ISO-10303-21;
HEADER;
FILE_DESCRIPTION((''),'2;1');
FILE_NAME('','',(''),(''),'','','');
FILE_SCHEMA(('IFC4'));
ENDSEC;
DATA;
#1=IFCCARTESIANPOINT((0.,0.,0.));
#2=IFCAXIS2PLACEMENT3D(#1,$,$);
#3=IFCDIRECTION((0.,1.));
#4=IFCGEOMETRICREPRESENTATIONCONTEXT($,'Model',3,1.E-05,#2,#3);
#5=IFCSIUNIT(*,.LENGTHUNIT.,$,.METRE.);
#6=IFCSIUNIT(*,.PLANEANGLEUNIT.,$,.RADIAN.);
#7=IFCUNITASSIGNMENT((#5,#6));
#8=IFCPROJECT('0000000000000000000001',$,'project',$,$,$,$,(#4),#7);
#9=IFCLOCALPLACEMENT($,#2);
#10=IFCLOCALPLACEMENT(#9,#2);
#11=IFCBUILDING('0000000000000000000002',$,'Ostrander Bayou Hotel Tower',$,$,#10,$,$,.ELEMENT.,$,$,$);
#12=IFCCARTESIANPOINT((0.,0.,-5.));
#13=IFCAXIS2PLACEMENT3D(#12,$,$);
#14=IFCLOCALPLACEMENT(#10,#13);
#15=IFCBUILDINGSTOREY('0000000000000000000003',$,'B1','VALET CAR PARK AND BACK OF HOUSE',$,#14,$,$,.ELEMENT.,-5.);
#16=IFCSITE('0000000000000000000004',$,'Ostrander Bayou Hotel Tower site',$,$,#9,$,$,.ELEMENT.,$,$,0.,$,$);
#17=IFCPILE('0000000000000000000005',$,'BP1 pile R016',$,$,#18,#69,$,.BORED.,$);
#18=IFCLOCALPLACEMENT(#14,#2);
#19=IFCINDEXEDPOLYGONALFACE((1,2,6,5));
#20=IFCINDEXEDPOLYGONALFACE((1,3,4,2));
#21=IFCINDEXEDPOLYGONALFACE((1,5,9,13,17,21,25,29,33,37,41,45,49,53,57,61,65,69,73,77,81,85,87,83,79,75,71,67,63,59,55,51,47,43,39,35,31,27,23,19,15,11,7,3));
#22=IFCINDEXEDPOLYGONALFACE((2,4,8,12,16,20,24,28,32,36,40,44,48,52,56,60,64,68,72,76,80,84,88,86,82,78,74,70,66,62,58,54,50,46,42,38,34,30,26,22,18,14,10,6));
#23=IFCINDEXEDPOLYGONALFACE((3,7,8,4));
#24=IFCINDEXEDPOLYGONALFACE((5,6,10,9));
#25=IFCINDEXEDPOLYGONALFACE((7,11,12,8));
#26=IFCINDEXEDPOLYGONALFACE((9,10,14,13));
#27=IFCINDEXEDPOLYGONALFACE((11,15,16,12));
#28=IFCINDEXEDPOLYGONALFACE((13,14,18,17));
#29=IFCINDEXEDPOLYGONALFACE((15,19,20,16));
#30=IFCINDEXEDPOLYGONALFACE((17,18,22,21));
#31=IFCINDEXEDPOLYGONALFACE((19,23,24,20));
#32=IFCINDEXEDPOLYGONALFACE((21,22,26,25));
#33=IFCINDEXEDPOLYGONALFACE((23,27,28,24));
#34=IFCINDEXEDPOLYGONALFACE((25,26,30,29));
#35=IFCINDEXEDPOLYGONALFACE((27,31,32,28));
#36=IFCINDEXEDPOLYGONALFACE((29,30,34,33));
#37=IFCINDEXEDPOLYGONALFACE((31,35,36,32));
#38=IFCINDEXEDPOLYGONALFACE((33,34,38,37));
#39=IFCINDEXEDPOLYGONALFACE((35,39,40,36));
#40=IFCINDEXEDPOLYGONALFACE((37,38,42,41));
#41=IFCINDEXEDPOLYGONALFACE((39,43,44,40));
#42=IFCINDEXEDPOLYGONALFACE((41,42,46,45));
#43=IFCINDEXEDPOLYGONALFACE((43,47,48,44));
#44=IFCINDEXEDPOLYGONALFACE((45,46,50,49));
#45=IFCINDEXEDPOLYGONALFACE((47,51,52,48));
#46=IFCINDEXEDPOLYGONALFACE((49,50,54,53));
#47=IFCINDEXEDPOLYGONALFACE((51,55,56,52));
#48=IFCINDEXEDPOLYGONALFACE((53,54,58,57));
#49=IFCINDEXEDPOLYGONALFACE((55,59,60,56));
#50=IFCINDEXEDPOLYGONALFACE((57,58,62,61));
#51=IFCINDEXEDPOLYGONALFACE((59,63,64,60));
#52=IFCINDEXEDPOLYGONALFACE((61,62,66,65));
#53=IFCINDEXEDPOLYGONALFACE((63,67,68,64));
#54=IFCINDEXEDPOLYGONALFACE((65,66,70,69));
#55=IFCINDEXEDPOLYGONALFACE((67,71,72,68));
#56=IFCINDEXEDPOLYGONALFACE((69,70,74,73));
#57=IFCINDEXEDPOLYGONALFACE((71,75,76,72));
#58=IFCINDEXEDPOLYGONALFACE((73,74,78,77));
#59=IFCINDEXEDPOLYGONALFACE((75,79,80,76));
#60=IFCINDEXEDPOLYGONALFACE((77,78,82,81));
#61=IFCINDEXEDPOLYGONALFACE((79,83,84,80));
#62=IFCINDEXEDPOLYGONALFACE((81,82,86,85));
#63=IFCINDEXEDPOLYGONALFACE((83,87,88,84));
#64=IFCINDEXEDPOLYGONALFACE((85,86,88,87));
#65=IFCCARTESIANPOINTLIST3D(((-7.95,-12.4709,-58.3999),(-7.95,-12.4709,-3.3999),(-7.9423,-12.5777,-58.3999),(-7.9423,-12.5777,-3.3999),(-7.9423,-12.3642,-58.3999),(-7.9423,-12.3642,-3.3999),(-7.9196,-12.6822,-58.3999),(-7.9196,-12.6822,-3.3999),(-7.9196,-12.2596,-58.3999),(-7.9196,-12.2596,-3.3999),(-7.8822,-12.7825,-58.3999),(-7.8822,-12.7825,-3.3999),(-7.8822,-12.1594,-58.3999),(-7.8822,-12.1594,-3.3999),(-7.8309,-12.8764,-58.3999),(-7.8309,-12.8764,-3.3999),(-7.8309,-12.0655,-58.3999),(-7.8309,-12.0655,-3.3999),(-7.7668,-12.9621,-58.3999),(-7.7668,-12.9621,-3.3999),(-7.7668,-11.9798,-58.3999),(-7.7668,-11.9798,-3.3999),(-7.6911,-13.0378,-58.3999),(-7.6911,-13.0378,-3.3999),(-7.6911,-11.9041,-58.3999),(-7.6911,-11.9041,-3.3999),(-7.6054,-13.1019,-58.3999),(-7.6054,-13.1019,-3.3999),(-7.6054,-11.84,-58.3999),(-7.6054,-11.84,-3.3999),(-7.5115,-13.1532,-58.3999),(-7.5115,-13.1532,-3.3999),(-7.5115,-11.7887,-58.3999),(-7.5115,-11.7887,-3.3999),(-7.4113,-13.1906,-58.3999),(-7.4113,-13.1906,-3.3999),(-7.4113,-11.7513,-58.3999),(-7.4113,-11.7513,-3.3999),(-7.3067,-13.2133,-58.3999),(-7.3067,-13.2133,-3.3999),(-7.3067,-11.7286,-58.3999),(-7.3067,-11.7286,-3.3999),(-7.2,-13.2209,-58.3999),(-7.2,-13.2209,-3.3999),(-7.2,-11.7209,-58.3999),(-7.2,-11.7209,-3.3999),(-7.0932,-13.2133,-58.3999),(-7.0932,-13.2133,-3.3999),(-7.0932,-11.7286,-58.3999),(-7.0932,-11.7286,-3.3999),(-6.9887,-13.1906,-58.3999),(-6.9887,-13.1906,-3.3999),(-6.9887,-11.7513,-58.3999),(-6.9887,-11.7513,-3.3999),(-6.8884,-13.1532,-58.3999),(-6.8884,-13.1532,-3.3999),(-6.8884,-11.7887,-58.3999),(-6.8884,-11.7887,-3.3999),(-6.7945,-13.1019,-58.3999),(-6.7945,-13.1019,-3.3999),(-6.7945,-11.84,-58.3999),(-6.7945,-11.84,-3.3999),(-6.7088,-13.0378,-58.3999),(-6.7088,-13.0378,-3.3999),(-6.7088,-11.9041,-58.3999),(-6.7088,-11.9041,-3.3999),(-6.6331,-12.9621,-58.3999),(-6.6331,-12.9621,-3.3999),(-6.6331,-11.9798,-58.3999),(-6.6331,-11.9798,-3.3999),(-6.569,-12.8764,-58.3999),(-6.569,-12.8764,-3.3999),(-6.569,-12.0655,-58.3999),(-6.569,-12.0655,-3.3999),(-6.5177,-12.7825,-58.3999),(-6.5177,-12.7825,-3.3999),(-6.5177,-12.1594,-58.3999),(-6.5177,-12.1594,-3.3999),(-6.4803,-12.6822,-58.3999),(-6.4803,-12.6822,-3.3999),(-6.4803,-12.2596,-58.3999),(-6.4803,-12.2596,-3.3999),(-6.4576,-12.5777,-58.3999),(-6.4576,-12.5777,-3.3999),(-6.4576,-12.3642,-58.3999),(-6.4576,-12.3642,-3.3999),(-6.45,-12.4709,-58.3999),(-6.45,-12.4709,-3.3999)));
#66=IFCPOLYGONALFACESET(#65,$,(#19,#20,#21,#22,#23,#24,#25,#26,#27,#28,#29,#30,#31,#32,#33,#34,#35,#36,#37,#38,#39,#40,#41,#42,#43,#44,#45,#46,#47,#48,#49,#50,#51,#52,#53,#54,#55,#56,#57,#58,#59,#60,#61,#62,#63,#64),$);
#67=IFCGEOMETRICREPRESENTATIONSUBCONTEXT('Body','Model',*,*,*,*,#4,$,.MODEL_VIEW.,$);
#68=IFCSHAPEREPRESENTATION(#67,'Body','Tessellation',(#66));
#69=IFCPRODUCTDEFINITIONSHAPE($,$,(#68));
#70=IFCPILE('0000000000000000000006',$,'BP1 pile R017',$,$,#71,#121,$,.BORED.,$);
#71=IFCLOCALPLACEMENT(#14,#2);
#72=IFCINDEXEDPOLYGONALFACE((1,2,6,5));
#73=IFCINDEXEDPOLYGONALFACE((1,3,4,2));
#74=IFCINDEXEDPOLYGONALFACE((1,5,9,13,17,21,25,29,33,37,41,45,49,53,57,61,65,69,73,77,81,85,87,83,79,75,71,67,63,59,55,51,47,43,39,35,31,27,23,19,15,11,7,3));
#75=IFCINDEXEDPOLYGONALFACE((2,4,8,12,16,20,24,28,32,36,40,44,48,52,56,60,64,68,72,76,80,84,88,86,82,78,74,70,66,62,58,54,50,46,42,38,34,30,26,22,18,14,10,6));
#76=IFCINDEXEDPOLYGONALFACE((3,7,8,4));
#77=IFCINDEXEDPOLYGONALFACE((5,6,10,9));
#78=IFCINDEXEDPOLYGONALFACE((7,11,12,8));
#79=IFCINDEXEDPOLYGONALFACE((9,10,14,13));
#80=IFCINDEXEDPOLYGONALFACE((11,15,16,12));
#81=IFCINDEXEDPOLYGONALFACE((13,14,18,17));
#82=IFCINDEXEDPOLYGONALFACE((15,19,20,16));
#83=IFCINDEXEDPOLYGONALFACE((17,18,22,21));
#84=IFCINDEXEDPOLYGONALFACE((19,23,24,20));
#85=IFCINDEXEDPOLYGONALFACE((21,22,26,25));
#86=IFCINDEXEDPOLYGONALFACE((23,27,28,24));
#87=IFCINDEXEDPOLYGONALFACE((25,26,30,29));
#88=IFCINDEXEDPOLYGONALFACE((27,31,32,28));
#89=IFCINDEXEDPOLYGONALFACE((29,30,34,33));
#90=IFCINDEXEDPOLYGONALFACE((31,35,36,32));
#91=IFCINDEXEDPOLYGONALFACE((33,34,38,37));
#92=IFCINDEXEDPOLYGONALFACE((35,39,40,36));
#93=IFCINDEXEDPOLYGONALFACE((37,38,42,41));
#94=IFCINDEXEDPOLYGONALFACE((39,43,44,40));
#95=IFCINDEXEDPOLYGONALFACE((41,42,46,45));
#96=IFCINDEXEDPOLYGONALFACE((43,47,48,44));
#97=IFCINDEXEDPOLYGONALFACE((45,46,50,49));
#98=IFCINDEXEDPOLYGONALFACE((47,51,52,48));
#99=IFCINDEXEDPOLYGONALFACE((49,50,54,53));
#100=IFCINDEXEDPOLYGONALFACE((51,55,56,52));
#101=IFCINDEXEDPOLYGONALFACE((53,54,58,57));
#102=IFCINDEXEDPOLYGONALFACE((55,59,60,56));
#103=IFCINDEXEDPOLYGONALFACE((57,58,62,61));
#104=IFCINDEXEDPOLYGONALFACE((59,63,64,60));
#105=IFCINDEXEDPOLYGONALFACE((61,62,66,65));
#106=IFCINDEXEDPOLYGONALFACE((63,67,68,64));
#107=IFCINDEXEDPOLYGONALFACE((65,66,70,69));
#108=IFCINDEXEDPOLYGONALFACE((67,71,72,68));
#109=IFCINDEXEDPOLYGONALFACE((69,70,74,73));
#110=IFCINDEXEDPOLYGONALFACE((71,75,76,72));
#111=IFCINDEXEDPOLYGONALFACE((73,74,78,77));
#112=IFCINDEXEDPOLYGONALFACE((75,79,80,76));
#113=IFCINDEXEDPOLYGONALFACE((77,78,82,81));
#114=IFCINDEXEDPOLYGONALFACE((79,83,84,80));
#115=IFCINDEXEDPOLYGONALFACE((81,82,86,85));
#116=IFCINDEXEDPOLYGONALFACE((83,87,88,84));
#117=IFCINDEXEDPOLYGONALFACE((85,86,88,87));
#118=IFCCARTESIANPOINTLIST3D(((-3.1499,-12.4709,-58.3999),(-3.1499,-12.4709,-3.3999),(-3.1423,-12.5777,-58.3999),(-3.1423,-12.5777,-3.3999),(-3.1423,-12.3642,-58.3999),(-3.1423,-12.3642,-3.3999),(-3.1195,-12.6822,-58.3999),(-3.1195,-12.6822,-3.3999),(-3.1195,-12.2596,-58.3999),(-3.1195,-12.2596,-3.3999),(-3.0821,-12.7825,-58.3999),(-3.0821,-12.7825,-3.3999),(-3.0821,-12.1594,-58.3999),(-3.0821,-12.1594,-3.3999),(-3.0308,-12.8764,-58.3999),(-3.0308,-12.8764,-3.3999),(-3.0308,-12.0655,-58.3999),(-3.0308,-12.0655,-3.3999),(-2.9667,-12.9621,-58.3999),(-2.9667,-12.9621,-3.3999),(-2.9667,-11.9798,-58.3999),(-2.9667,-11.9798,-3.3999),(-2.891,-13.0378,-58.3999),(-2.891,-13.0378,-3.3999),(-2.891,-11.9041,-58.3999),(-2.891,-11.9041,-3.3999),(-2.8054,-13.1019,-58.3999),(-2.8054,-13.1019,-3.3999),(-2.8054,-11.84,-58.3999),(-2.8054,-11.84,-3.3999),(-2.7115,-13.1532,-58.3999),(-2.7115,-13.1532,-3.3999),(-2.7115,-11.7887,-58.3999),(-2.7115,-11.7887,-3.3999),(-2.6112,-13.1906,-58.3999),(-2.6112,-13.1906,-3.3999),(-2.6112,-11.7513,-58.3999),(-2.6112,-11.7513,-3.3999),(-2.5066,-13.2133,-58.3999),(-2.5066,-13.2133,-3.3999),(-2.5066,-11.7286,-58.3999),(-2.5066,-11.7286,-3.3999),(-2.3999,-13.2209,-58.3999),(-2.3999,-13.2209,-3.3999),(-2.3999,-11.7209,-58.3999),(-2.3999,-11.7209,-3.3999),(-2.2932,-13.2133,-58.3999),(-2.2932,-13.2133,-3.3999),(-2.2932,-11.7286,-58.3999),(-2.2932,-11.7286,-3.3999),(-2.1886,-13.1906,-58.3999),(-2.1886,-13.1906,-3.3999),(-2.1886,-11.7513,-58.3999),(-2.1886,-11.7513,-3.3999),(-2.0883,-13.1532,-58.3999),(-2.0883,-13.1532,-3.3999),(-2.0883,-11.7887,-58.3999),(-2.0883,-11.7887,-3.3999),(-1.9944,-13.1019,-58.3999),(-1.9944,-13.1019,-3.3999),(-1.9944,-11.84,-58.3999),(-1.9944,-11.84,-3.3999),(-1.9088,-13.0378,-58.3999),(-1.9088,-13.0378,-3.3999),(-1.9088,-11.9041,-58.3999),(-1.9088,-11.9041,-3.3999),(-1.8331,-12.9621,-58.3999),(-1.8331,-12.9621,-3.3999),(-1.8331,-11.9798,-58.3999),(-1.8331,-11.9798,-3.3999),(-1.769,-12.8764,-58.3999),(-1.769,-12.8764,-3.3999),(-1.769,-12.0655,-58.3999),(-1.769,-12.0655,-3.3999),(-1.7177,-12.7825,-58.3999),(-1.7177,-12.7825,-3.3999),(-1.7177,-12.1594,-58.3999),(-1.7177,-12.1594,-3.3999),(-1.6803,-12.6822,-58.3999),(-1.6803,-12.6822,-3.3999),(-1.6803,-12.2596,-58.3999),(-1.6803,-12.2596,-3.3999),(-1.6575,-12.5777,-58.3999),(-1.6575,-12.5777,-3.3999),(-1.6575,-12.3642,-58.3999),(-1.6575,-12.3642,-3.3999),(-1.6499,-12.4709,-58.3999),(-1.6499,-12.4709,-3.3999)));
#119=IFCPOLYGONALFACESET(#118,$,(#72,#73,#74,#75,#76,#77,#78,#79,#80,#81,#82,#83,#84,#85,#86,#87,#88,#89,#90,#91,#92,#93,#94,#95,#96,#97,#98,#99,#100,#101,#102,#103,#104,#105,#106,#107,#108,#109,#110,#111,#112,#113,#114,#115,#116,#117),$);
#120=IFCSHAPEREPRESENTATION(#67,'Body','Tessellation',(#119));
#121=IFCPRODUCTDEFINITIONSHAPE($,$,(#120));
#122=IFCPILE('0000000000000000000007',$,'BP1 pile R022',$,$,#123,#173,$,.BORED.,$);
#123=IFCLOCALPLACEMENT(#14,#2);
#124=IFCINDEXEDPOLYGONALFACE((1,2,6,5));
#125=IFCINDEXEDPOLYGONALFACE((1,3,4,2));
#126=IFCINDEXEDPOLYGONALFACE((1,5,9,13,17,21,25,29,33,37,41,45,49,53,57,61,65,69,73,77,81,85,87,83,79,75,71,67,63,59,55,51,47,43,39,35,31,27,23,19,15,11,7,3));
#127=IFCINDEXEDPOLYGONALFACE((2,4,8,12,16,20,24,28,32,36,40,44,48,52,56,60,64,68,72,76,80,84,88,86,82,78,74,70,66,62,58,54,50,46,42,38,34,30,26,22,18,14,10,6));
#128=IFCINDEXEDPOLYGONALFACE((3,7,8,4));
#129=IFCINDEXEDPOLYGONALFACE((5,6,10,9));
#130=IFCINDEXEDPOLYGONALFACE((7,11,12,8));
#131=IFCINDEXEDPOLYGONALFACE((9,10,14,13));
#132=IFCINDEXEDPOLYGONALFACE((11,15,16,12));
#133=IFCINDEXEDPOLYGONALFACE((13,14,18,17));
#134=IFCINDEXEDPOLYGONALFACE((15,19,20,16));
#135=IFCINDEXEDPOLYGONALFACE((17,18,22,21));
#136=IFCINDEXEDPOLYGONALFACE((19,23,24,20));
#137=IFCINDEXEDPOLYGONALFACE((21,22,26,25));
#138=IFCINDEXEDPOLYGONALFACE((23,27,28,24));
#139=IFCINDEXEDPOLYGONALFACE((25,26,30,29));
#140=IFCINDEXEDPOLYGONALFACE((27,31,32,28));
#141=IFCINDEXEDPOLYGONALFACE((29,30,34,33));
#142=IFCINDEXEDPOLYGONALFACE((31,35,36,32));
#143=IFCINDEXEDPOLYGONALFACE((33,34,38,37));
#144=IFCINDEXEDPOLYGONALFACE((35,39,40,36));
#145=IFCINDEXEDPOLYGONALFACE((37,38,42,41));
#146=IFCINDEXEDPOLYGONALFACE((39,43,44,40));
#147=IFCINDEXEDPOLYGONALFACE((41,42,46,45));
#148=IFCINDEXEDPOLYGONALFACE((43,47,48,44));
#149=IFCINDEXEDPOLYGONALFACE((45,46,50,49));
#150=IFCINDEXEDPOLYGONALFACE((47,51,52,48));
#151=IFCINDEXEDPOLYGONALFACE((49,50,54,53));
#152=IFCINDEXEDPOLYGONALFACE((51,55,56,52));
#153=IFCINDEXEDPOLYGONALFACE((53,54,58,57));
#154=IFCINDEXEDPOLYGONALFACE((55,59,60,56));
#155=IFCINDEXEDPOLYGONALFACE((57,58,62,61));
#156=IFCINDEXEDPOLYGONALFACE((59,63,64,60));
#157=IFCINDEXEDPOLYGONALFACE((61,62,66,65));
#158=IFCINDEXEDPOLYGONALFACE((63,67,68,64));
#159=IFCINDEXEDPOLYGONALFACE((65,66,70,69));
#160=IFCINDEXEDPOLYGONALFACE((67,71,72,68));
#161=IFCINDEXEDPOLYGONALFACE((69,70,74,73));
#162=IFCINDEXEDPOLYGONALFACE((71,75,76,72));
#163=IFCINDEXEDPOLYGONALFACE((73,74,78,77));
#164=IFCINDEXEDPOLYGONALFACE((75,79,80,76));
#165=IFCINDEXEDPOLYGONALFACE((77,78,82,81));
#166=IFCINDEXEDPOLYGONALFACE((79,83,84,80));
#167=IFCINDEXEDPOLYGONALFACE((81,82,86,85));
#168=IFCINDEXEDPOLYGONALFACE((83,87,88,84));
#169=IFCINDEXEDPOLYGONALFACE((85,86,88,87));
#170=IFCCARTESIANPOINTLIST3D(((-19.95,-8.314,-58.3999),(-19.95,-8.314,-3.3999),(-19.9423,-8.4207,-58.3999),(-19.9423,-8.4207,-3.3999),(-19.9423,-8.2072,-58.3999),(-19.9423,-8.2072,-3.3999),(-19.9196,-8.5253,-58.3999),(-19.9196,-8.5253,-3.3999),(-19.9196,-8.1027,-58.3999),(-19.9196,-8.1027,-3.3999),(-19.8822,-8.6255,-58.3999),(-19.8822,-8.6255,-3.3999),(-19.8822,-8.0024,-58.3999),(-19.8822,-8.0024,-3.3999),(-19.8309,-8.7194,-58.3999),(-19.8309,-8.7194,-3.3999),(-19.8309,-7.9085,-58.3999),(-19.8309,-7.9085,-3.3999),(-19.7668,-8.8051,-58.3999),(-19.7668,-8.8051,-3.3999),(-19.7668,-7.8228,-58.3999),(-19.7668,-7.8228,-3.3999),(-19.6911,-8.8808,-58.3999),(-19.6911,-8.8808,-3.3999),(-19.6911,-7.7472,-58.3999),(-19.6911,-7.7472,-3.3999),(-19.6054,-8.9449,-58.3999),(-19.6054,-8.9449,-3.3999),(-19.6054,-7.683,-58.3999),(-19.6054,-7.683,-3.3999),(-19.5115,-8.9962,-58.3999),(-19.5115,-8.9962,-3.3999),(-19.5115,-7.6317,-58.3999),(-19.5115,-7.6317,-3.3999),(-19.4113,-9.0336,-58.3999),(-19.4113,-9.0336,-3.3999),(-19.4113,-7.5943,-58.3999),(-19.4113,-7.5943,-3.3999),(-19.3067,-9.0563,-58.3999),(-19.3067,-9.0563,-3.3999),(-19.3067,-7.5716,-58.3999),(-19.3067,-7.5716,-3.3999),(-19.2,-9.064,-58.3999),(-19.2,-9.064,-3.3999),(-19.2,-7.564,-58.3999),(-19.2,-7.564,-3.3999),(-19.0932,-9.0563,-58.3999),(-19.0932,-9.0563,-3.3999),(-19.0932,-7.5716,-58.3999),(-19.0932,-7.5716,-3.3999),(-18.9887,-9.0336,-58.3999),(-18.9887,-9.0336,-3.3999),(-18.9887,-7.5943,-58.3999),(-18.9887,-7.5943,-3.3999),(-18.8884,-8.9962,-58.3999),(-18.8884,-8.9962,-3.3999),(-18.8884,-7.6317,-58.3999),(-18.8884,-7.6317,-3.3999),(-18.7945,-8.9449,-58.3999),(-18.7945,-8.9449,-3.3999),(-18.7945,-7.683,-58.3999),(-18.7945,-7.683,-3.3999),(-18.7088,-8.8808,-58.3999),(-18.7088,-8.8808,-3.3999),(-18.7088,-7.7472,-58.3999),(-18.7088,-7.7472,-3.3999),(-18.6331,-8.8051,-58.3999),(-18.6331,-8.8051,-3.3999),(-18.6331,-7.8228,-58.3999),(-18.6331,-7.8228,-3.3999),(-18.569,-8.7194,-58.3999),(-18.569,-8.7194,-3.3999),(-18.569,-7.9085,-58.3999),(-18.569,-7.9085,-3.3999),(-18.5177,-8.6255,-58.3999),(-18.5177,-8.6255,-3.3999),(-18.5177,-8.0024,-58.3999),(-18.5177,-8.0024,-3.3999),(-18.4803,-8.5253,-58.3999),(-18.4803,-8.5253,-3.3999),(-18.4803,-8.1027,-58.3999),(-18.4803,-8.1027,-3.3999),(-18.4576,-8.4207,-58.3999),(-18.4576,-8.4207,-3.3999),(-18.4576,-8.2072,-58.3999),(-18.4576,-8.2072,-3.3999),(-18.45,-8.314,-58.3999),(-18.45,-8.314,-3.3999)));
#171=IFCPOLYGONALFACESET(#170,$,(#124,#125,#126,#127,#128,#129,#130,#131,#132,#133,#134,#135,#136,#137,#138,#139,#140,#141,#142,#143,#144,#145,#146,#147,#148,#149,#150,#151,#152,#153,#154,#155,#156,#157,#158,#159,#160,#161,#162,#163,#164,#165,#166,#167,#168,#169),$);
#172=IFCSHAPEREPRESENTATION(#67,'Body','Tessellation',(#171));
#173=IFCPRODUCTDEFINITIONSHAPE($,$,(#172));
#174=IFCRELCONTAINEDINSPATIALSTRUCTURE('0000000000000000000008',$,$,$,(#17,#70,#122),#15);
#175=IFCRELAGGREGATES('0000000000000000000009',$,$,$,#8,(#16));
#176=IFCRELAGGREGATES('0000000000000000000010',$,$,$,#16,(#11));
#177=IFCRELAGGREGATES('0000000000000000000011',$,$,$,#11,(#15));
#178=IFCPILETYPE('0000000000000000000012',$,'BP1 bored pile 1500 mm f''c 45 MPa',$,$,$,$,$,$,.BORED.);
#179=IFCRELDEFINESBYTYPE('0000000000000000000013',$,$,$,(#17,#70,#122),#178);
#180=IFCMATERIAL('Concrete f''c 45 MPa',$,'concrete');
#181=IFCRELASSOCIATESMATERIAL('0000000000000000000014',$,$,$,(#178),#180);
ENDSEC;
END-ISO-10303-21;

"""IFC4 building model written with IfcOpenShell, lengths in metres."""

from ifc_helpers import new_model, si_unit, direction, frame, origin, origin_2d, place, context, subcontext, project, spatial, circle, extrude, material, material_profile, profile_set, type_object, element, save


model = new_model("IFC4")

# Units and contexts
model_context = context("Model", 3, precision=1e-05, world=origin(), true_north=direction((0.0, 1.0)))
body_context = subcontext(model_context, "Body", "Model", "MODEL_VIEW")
ifc_project = project(units=[si_unit("LENGTHUNIT", "METRE"), si_unit("PLANEANGLEUNIT", "RADIAN")], contexts=[model_context])

# Site, building, storey
site_placement = place(None, origin())
site = spatial("IfcSite", under=ifc_project, at=site_placement, Name="Ostrander Bayou Hotel Tower site", CompositionType="ELEMENT", RefElevation=0.0)
building_placement = place(site_placement, origin())
building = spatial("IfcBuilding", under=site, at=building_placement, Name="Ostrander Bayou Hotel Tower", CompositionType="ELEMENT")
storey_placement = place(building_placement, frame((0.0, 0.0, -5.0)))
storey = spatial("IfcBuildingStorey", under=building, at=storey_placement, Name="B1", Description="VALET CAR PARK AND BACK OF HOUSE", CompositionType="ELEMENT", Elevation=-5.0)

# Piles
ifc_material_1 = material(Name="Concrete f'c 45 MPa", Category="concrete")
ifc_material_profile_1 = material_profile(ifc_material_1, circle(Radius=0.75, at=origin_2d()))
ifc_profile_set_1 = profile_set([ifc_material_profile_1], Name="Concrete f'c 45 MPa")
pile_type_1 = type_object("IfcPileType", Name="BP1 bored pile 1500 mm f'c 45 MPa", PredefinedType="BORED", material=ifc_profile_set_1)
for number, where, z_axis, x_axis, name in (
    (1, (-7.2, -12.4709, -3.3999), (0.0, 0.0, -1.0), (1.0, 0.0, 0.0), "BP1 pile R016"),
    (2, (-2.3999, -12.4709, -3.3999), (0.0, 0.0, -1.0), (1.0, 0.0, 0.0), "BP1 pile R017"),
    (3, (-19.2, -8.314, -3.3999), (0.0, 0.0, -1.0), (1.0, 0.0, 0.0), "BP1 pile R022"),
):
    element("IfcPile", number, at=place(storey_placement, frame(where, z_axis=z_axis, x_axis=x_axis)), inside=storey, type_object=pile_type_1, Name=name, PredefinedType="BORED", context=body_context, shape_type="SweptSolid", body=[
        extrude(circle(Radius=0.75, at=origin_2d()), origin(), (0.0, 0.0, 1.0), 55.0),
    ])

save(model, "model.ifc")
